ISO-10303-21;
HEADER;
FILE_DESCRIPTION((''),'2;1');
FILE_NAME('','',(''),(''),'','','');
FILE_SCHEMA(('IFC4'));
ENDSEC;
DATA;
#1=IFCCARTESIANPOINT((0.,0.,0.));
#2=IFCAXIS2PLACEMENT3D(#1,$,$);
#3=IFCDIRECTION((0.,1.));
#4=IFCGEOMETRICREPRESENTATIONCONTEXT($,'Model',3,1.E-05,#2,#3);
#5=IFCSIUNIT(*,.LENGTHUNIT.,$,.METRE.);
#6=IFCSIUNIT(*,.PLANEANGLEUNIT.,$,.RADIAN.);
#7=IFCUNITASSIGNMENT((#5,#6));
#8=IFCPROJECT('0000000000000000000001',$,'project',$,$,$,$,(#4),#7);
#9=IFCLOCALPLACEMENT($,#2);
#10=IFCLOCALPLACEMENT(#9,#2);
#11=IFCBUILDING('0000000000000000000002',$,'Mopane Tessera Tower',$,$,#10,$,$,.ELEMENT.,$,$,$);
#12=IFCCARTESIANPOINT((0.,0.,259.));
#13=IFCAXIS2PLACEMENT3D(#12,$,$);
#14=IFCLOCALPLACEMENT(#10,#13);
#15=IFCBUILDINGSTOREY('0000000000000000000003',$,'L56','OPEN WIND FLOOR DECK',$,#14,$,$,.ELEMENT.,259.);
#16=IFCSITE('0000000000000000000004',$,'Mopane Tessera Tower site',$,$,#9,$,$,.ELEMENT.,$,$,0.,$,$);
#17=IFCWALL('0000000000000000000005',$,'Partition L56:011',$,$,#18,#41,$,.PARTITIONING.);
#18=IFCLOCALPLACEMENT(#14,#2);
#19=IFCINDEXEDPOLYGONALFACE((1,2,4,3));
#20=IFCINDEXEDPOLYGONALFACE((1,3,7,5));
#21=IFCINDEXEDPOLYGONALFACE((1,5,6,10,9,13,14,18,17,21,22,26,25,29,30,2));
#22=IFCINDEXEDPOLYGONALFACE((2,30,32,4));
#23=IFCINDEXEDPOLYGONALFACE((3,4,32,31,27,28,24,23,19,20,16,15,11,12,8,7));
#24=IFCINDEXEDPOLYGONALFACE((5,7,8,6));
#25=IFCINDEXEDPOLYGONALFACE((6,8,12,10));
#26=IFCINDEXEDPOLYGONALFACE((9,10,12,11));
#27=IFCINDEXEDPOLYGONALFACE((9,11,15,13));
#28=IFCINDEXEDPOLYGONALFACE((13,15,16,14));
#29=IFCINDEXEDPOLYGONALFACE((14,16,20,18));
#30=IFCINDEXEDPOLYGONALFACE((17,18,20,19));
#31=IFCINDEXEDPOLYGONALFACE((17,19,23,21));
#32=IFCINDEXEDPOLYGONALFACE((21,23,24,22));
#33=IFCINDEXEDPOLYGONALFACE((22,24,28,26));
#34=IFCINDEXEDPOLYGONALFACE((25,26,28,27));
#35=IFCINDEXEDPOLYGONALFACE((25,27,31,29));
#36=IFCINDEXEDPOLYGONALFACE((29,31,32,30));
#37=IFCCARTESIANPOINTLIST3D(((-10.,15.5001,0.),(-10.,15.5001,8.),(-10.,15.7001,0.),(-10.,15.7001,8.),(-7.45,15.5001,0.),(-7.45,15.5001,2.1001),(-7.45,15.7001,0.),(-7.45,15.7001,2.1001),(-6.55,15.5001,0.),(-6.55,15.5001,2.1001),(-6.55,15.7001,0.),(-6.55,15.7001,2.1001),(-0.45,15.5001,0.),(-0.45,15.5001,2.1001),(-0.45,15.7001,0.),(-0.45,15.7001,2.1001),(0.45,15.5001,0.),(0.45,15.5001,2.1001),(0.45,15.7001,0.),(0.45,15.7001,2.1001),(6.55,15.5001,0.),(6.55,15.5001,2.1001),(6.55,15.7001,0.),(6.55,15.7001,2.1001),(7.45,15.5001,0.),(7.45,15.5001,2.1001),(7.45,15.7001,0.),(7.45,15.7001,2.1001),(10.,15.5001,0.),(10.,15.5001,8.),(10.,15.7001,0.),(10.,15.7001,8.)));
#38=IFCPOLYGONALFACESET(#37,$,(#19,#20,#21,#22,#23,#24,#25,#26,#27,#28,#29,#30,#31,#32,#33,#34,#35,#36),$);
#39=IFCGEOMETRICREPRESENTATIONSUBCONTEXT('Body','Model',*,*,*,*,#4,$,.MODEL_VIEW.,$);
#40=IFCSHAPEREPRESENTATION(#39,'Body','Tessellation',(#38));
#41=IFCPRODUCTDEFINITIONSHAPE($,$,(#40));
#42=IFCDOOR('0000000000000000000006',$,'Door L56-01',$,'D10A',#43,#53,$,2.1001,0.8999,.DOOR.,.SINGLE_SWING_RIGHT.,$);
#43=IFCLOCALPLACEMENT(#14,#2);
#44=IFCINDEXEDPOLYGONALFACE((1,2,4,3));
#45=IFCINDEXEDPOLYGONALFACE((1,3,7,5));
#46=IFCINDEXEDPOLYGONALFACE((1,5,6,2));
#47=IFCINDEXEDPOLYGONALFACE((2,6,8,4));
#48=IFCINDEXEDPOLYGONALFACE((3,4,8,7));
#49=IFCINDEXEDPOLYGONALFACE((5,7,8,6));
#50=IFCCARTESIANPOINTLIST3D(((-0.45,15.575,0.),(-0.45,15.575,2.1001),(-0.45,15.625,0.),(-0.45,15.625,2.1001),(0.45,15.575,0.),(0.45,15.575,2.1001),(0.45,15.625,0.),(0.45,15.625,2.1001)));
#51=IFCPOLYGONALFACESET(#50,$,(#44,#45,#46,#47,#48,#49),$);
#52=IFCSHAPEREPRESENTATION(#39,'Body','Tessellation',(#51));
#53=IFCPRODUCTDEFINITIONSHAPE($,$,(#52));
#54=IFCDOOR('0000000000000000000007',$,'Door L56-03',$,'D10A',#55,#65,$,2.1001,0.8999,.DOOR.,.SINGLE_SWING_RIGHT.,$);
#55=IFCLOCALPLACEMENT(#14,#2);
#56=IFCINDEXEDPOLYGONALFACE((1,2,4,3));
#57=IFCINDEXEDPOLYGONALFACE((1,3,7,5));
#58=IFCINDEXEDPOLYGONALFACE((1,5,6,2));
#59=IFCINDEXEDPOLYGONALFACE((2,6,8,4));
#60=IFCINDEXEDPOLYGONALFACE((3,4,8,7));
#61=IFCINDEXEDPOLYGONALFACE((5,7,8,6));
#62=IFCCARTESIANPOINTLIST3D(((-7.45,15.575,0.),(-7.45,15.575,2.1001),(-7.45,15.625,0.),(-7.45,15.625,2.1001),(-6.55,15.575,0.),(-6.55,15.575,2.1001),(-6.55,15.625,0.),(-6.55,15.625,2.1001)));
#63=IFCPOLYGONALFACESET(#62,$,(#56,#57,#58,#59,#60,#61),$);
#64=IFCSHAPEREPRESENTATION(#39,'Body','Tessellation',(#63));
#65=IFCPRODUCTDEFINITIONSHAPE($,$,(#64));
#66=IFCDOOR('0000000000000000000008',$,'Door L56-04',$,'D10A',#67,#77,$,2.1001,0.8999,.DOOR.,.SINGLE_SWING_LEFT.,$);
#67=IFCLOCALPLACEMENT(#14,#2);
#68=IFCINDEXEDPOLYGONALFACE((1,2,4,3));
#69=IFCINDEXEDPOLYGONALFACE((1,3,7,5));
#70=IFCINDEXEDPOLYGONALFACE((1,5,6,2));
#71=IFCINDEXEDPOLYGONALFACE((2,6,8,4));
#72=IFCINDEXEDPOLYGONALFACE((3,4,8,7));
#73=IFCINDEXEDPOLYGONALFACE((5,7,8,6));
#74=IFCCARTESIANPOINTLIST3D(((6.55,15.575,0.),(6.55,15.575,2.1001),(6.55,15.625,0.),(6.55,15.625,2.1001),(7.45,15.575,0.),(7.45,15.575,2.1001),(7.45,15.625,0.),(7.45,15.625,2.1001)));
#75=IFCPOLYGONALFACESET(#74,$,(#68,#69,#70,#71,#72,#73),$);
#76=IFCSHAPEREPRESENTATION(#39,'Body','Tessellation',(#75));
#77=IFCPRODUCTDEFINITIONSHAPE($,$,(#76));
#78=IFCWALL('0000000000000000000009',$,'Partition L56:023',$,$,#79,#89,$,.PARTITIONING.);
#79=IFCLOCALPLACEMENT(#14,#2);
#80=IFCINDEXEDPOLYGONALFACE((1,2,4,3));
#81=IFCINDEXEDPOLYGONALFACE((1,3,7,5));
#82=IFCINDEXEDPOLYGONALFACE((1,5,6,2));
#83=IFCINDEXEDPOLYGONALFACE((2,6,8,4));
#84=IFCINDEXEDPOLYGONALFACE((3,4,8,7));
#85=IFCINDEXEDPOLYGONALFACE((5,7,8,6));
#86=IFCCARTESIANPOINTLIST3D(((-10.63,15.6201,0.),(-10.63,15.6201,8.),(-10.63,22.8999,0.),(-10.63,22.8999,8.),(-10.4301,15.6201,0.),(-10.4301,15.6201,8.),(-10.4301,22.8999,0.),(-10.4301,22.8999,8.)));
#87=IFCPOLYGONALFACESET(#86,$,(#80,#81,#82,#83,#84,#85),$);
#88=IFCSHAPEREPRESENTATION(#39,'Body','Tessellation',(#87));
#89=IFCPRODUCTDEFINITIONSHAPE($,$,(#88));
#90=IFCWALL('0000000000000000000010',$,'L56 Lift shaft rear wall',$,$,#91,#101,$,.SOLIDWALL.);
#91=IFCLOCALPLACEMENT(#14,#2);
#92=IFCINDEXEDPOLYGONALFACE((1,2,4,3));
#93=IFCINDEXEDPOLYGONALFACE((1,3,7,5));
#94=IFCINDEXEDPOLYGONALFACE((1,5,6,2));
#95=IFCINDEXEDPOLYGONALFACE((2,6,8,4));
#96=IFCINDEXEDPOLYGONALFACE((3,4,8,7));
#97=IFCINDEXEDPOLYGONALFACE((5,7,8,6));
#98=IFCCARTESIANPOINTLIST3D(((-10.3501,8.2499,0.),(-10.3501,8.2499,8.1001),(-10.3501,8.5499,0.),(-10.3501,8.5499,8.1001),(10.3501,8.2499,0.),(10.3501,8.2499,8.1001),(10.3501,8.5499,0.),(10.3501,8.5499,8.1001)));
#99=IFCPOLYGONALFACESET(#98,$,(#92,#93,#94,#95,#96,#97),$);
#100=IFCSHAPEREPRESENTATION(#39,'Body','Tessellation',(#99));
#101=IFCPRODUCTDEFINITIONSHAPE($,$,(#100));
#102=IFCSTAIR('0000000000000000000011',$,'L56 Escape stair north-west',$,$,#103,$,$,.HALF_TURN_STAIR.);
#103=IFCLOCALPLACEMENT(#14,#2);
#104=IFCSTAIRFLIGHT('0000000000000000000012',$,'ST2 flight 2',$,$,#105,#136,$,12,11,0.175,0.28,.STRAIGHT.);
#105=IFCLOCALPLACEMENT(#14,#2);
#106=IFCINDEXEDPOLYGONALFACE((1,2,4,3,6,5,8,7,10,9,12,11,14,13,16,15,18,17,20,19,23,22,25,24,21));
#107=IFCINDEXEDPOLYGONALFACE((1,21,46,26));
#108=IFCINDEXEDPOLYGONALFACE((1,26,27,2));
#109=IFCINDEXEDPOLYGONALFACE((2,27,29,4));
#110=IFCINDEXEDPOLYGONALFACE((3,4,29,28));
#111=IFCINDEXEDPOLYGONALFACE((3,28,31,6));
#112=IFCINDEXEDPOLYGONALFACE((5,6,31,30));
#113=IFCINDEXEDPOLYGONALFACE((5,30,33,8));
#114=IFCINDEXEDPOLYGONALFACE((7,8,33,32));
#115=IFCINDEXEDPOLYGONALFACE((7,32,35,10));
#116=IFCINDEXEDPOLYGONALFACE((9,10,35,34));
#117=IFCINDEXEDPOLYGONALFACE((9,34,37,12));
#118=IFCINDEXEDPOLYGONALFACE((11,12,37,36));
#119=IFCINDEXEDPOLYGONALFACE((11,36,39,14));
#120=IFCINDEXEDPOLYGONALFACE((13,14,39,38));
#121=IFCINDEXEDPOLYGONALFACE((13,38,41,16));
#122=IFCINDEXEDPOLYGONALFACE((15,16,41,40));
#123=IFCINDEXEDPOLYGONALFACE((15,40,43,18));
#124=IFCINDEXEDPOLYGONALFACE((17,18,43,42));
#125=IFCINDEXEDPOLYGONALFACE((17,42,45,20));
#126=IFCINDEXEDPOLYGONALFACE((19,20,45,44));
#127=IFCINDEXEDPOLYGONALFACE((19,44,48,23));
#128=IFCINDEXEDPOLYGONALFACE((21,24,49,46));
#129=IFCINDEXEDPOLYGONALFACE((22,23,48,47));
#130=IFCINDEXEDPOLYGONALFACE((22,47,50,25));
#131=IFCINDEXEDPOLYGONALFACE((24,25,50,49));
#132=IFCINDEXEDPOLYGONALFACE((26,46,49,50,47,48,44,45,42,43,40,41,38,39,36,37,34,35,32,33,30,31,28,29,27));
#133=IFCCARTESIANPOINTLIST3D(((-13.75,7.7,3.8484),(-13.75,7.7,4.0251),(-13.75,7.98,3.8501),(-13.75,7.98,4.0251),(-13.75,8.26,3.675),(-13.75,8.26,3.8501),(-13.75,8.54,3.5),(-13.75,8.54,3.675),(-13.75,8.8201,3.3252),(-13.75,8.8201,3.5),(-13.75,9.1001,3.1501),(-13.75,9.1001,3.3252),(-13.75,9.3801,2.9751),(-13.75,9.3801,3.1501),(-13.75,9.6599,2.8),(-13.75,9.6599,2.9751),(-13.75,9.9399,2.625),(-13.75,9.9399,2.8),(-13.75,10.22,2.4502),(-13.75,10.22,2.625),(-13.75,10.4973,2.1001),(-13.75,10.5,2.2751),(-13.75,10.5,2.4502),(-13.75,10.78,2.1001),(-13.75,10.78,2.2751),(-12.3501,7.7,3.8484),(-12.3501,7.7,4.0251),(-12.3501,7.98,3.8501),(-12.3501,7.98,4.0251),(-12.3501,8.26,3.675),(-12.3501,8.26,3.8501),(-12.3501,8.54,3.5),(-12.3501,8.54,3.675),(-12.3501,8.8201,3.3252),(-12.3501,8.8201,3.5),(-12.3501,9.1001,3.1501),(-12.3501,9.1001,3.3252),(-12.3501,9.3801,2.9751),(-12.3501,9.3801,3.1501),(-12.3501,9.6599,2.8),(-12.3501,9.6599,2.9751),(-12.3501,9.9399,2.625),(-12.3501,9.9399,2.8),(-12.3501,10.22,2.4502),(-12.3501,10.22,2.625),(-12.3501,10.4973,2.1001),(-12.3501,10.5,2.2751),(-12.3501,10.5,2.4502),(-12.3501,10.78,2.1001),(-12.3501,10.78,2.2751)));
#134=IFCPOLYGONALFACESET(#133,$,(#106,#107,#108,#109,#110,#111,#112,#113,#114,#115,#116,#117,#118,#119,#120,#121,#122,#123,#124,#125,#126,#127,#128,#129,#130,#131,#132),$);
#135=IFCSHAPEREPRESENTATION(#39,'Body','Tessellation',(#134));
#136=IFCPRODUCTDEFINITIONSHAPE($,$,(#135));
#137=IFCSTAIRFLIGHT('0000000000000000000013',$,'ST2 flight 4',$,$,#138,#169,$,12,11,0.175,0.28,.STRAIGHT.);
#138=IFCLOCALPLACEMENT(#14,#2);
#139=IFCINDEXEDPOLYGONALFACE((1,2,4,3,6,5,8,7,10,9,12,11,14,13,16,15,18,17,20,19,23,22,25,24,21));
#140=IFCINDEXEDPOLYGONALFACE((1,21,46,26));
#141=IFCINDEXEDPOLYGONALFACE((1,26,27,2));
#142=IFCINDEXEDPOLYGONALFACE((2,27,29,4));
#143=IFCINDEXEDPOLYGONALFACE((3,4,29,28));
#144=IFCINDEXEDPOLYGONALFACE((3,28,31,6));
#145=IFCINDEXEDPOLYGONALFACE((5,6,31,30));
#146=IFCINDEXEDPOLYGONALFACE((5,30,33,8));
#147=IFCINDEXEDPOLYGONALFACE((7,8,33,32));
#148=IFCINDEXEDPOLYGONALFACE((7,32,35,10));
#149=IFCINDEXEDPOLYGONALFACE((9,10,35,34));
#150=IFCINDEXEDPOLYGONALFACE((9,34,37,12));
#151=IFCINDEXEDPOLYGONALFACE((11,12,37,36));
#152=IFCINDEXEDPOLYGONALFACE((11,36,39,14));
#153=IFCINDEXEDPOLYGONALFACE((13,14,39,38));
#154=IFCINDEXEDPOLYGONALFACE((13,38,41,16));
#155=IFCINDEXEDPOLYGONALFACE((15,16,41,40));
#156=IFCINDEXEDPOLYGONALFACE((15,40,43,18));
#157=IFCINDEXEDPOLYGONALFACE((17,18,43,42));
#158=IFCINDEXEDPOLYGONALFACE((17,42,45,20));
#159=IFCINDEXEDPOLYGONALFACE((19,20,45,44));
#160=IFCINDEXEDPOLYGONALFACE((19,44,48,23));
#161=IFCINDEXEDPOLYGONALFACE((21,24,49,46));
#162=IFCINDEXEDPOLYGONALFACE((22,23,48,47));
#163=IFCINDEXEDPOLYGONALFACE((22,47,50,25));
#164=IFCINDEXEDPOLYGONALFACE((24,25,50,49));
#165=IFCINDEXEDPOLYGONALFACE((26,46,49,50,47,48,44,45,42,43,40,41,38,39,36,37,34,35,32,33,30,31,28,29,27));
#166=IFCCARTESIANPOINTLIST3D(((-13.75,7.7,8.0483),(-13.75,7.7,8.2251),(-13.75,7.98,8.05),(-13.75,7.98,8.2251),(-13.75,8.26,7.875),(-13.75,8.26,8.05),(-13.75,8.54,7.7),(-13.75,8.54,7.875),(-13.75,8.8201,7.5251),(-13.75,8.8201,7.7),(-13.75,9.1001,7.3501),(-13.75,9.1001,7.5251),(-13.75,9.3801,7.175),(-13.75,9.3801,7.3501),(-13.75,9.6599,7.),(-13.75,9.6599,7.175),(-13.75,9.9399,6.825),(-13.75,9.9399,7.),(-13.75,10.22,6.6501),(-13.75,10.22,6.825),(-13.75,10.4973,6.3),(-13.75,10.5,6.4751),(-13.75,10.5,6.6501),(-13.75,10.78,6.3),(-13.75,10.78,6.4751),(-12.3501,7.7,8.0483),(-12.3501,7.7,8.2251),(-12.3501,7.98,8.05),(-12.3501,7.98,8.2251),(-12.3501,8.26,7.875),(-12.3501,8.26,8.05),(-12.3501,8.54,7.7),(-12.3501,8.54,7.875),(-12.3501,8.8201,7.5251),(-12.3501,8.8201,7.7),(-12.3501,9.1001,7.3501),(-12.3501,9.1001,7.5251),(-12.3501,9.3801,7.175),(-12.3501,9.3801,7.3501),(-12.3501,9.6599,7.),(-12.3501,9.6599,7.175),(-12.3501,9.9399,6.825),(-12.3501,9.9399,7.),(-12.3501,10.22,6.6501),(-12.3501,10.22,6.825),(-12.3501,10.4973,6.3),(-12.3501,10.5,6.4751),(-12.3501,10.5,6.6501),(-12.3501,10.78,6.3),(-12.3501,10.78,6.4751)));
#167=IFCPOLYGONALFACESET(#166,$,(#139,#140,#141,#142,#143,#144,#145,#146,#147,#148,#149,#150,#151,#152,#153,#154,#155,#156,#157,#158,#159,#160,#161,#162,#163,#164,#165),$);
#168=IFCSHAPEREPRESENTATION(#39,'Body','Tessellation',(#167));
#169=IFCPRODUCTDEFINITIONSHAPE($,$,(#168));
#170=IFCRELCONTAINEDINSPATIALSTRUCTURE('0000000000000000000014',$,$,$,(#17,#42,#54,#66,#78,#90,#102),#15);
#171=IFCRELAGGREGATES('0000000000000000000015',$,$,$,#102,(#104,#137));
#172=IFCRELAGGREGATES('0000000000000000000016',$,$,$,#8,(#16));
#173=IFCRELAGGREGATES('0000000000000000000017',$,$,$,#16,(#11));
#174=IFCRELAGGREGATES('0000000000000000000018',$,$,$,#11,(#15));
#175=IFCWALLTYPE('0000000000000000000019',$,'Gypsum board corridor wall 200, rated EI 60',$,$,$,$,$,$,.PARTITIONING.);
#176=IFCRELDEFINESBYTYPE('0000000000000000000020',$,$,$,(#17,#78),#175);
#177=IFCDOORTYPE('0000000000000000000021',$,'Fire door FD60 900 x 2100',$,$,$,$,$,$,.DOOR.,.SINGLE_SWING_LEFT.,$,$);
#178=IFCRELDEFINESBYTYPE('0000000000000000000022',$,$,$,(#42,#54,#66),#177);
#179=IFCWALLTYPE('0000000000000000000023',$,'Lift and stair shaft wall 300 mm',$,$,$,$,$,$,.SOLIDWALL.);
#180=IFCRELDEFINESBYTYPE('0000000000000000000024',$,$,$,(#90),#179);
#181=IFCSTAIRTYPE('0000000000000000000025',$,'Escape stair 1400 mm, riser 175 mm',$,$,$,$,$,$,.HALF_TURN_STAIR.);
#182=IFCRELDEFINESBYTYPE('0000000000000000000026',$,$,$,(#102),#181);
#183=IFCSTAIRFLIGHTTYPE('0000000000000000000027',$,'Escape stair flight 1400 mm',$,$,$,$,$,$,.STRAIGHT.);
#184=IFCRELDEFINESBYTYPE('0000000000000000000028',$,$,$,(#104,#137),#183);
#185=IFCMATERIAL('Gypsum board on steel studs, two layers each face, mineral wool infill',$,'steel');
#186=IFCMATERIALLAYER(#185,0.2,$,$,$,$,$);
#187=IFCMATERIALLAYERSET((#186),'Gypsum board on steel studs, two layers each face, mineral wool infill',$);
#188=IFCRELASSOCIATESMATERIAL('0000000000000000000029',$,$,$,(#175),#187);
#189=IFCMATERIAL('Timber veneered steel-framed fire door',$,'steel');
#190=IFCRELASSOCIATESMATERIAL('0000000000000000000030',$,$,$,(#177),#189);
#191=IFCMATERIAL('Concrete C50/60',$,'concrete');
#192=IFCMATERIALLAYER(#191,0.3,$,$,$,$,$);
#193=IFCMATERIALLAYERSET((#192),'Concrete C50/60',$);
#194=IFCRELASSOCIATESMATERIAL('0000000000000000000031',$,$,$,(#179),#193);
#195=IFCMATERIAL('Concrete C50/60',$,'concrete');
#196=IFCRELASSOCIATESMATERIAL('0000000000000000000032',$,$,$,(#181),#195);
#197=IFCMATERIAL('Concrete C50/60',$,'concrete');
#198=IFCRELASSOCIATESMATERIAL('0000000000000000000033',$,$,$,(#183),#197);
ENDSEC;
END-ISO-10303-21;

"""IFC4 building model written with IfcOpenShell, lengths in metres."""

from ifc_helpers import new_model, si_unit, direction, frame, frame_2d, origin, place, context, subcontext, project, spatial, polyline, rectangle, outline, extrude, material, layer, layer_set, type_object, element, fill, aggregate, save


model = new_model("IFC4")

# Units and contexts
model_context = context("Model", 3, precision=1e-05, world=origin(), true_north=direction((0.0, 1.0)))
body_context = subcontext(model_context, "Body", "Model", "MODEL_VIEW")
ifc_project = project(units=[si_unit("LENGTHUNIT", "METRE"), si_unit("PLANEANGLEUNIT", "RADIAN")], contexts=[model_context])

# Site, building, storey
site_placement = place(None, origin())
site = spatial("IfcSite", under=ifc_project, at=site_placement, Name="Mopane Tessera Tower site", CompositionType="ELEMENT", RefElevation=0.0)
building_placement = place(site_placement, origin())
building = spatial("IfcBuilding", under=site, at=building_placement, Name="Mopane Tessera Tower", CompositionType="ELEMENT")
storey_placement = place(building_placement, frame((0.0, 0.0, 259.0)))
storey = spatial("IfcBuildingStorey", under=building, at=storey_placement, Name="L56", Description="OPEN WIND FLOOR DECK", CompositionType="ELEMENT", Elevation=259.0)

# Wall, openings, doors
ifc_material_1 = material(Name="Gypsum board on steel studs, two layers each face, mineral wool infill", Category="steel")
ifc_layer_1 = layer(ifc_material_1, 0.2)
ifc_layer_set_1 = layer_set([ifc_layer_1], Name="Gypsum board on steel studs, two layers each face, mineral wool infill")
wall_type_1 = type_object("IfcWallType", Name="Gypsum board corridor wall 200, rated EI 60", PredefinedType="PARTITIONING", material=ifc_layer_set_1)
wall_1_placement = place(storey_placement, frame((-10.0, 15.6001, 0.0), z_axis=(0.0, 0.0, 1.0), x_axis=(1.0, 0.0, 0.0)))
wall_1 = element("IfcWall", 1, at=wall_1_placement, inside=storey, type_object=wall_type_1, Name="Partition L56:011", PredefinedType="PARTITIONING", context=body_context, shape_type="SweptSolid", body=[
    extrude(rectangle(XDim=20.0, YDim=0.2, at=frame_2d((10.0, 0.0))), origin(), (0.0, 0.0, 1.0), 8.0),
])
opening_1_placement = place(wall_1_placement, frame((9.55, 0.0, 0.0)))
opening_1 = element("IfcOpeningElement", 2, at=opening_1_placement, cuts=wall_1, PredefinedType="OPENING", context=body_context, shape_type="SweptSolid", body=[
    extrude(rectangle(XDim=0.8999, YDim=2.1001, at=frame_2d((0.45, 1.05))), frame((0.0, 0.1121, 0.0), z_axis=(0.0, -1.0, 0.0), x_axis=(1.0, 0.0, 0.0)), (0.0, 0.0, 1.0), 0.2239),
])
opening_2_placement = place(wall_1_placement, frame((2.55, 0.0, 0.0)))
opening_2 = element("IfcOpeningElement", 3, at=opening_2_placement, cuts=wall_1, PredefinedType="OPENING", context=body_context, shape_type="SweptSolid", body=[
    extrude(rectangle(XDim=0.8999, YDim=2.1001, at=frame_2d((0.45, 1.05))), frame((0.0, 0.1121, 0.0), z_axis=(0.0, -1.0, 0.0), x_axis=(1.0, 0.0, 0.0)), (0.0, 0.0, 1.0), 0.2239),
])
opening_3_placement = place(wall_1_placement, frame((16.55, 0.0, 0.0)))
opening_3 = element("IfcOpeningElement", 4, at=opening_3_placement, cuts=wall_1, PredefinedType="OPENING", context=body_context, shape_type="SweptSolid", body=[
    extrude(rectangle(XDim=0.8999, YDim=2.1001, at=frame_2d((0.45, 1.05))), frame((0.0, 0.1121, 0.0), z_axis=(0.0, -1.0, 0.0), x_axis=(1.0, 0.0, 0.0)), (0.0, 0.0, 1.0), 0.2239),
])
ifc_material_2 = material(Name="Timber veneered steel-framed fire door", Category="steel")
door_type_1 = type_object("IfcDoorType", Name="Fire door FD60 900 x 2100", OperationType="SINGLE_SWING_LEFT", PredefinedType="DOOR", material=ifc_material_2)
door_1_placement = place(opening_1_placement, origin())
door_1 = element("IfcDoor", 5, at=door_1_placement, inside=storey, type_object=door_type_1, Name="Door L56-01", ObjectType="D10A", OperationType="SINGLE_SWING_RIGHT", OverallHeight=2.1001, OverallWidth=0.8999, PredefinedType="DOOR", context=body_context, shape_type="SweptSolid", body=[
    extrude(rectangle(XDim=0.8999, YDim=2.1001, at=frame_2d((0.45, 1.05))), frame((0.0, 0.0249, 0.0), z_axis=(0.0, -1.0, 0.0), x_axis=(1.0, 0.0, 0.0)), (0.0, 0.0, 1.0), 0.05),
])
fill(opening_1, door_1)
door_2_placement = place(opening_2_placement, origin())
door_2 = element("IfcDoor", 6, at=door_2_placement, inside=storey, type_object=door_type_1, Name="Door L56-03", ObjectType="D10A", OperationType="SINGLE_SWING_RIGHT", OverallHeight=2.1001, OverallWidth=0.8999, PredefinedType="DOOR", context=body_context, shape_type="SweptSolid", body=[
    extrude(rectangle(XDim=0.8999, YDim=2.1001, at=frame_2d((0.45, 1.05))), frame((0.0, 0.0249, 0.0), z_axis=(0.0, -1.0, 0.0), x_axis=(1.0, 0.0, 0.0)), (0.0, 0.0, 1.0), 0.05),
])
fill(opening_2, door_2)
door_3_placement = place(opening_3_placement, origin())
door_3 = element("IfcDoor", 7, at=door_3_placement, inside=storey, type_object=door_type_1, Name="Door L56-04", ObjectType="D10A", OperationType="SINGLE_SWING_LEFT", OverallHeight=2.1001, OverallWidth=0.8999, PredefinedType="DOOR", context=body_context, shape_type="SweptSolid", body=[
    extrude(rectangle(XDim=0.8999, YDim=2.1001, at=frame_2d((0.45, 1.05))), frame((0.0, 0.0249, 0.0), z_axis=(0.0, -1.0, 0.0), x_axis=(1.0, 0.0, 0.0)), (0.0, 0.0, 1.0), 0.05),
])
fill(opening_3, door_3)

# Walls
wall_2_placement = place(storey_placement, frame((-10.53, 15.6201, 0.0), z_axis=(0.0, 0.0, 1.0), x_axis=(0.0, 1.0, 0.0)))
element("IfcWall", 8, at=wall_2_placement, inside=storey, type_object=wall_type_1, Name="Partition L56:023", PredefinedType="PARTITIONING", context=body_context, shape_type="SweptSolid", body=[
    extrude(rectangle(XDim=7.2798, YDim=0.2, at=frame_2d((3.6399, 0.0))), origin(), (0.0, 0.0, 1.0), 8.0),
])
ifc_material_3 = material(Name="Concrete C50/60", Category="concrete")
ifc_layer_2 = layer(ifc_material_3, 0.3)
ifc_layer_set_2 = layer_set([ifc_layer_2], Name="Concrete C50/60")
wall_type_2 = type_object("IfcWallType", Name="Lift and stair shaft wall 300 mm", PredefinedType="SOLIDWALL", material=ifc_layer_set_2)
wall_3_placement = place(storey_placement, frame((-10.3501, 8.3999, 0.0), z_axis=(0.0, 0.0, 1.0), x_axis=(1.0, 0.0, 0.0)))
element("IfcWall", 9, at=wall_3_placement, inside=storey, type_object=wall_type_2, Name="L56 Lift shaft rear wall", PredefinedType="SOLIDWALL", context=body_context, shape_type="SweptSolid", body=[
    extrude(rectangle(XDim=20.7002, YDim=0.3, at=frame_2d((10.3501, 0.0))), origin(), (0.0, 0.0, 1.0), 8.1001),
])

# Stair, stair flights
ifc_material_4 = material(Name="Concrete C50/60", Category="concrete")
stair_type = type_object("IfcStairType", Name="Escape stair 1400 mm, riser 175 mm", PredefinedType="HALF_TURN_STAIR", material=ifc_material_4)
stair_placement = place(storey_placement, origin())
stair = element("IfcStair", 10, at=stair_placement, inside=storey, type_object=stair_type, Name="L56 Escape stair north-west", PredefinedType="HALF_TURN_STAIR")
ifc_material_5 = material(Name="Concrete C50/60", Category="concrete")
stair_flight_type = type_object("IfcStairFlightType", Name="Escape stair flight 1400 mm", PredefinedType="STRAIGHT", material=ifc_material_5)
stair_flight_1_placement = place(storey_placement, frame((-13.05, 10.78, 2.1001), z_axis=(0.0, 0.0, 1.0), x_axis=(0.0, -1.0, 0.0)))
stair_flight_1 = element("IfcStairFlight", 11, at=stair_flight_1_placement, type_object=stair_flight_type, Name="ST2 flight 2", NumberOfRisers=12, NumberOfTreads=11, PredefinedType="STRAIGHT", RiserHeight=0.175, TreadLength=0.28, context=body_context, shape_type="SweptSolid", body=[
    extrude(outline(polyline([(0.0, 0.0), (0.0, 0.175), (0.28, 0.175), (0.28, 0.3501), (0.5601, 0.3501), (0.5601, 0.5249), (0.8401, 0.5249), (0.8401, 0.7), (1.1201, 0.7), (1.1201, 0.875), (1.3999, 0.875), (1.3999, 1.05), (1.6799, 1.05), (1.6799, 1.2251), (1.96, 1.2251), (1.96, 1.3999), (2.24, 1.3999), (2.24, 1.575), (2.52, 1.575), (2.52, 1.75), (2.8, 1.75), (2.8, 1.925), (3.0801, 1.925), (3.0801, 2.1001), (3.0801, 1.7483), (0.2827, 0.0), (0.0, 0.0)])), frame((0.0, 0.7, 0.0), z_axis=(0.0, -1.0, 0.0), x_axis=(1.0, 0.0, 0.0)), (0.0, 0.0, 1.0), 1.3999),
])
stair_flight_2_placement = place(storey_placement, frame((-13.05, 10.78, 6.3), z_axis=(0.0, 0.0, 1.0), x_axis=(0.0, -1.0, 0.0)))
stair_flight_2 = element("IfcStairFlight", 12, at=stair_flight_2_placement, type_object=stair_flight_type, Name="ST2 flight 4", NumberOfRisers=12, NumberOfTreads=11, PredefinedType="STRAIGHT", RiserHeight=0.175, TreadLength=0.28, context=body_context, shape_type="SweptSolid", body=[
    extrude(outline(polyline([(0.0, 0.0), (0.0, 0.175), (0.28, 0.175), (0.28, 0.3501), (0.5601, 0.3501), (0.5601, 0.5249), (0.8401, 0.5249), (0.8401, 0.7), (1.1201, 0.7), (1.1201, 0.875), (1.3999, 0.875), (1.3999, 1.05), (1.6799, 1.05), (1.6799, 1.2251), (1.96, 1.2251), (1.96, 1.3999), (2.24, 1.3999), (2.24, 1.575), (2.52, 1.575), (2.52, 1.75), (2.8, 1.75), (2.8, 1.925), (3.0801, 1.925), (3.0801, 2.1001), (3.0801, 1.7483), (0.2827, 0.0), (0.0, 0.0)])), frame((0.0, 0.7, 0.0), z_axis=(0.0, -1.0, 0.0), x_axis=(1.0, 0.0, 0.0)), (0.0, 0.0, 1.0), 1.3999),
])
aggregate(stair, [stair_flight_1, stair_flight_2])

save(model, "model.ifc")
